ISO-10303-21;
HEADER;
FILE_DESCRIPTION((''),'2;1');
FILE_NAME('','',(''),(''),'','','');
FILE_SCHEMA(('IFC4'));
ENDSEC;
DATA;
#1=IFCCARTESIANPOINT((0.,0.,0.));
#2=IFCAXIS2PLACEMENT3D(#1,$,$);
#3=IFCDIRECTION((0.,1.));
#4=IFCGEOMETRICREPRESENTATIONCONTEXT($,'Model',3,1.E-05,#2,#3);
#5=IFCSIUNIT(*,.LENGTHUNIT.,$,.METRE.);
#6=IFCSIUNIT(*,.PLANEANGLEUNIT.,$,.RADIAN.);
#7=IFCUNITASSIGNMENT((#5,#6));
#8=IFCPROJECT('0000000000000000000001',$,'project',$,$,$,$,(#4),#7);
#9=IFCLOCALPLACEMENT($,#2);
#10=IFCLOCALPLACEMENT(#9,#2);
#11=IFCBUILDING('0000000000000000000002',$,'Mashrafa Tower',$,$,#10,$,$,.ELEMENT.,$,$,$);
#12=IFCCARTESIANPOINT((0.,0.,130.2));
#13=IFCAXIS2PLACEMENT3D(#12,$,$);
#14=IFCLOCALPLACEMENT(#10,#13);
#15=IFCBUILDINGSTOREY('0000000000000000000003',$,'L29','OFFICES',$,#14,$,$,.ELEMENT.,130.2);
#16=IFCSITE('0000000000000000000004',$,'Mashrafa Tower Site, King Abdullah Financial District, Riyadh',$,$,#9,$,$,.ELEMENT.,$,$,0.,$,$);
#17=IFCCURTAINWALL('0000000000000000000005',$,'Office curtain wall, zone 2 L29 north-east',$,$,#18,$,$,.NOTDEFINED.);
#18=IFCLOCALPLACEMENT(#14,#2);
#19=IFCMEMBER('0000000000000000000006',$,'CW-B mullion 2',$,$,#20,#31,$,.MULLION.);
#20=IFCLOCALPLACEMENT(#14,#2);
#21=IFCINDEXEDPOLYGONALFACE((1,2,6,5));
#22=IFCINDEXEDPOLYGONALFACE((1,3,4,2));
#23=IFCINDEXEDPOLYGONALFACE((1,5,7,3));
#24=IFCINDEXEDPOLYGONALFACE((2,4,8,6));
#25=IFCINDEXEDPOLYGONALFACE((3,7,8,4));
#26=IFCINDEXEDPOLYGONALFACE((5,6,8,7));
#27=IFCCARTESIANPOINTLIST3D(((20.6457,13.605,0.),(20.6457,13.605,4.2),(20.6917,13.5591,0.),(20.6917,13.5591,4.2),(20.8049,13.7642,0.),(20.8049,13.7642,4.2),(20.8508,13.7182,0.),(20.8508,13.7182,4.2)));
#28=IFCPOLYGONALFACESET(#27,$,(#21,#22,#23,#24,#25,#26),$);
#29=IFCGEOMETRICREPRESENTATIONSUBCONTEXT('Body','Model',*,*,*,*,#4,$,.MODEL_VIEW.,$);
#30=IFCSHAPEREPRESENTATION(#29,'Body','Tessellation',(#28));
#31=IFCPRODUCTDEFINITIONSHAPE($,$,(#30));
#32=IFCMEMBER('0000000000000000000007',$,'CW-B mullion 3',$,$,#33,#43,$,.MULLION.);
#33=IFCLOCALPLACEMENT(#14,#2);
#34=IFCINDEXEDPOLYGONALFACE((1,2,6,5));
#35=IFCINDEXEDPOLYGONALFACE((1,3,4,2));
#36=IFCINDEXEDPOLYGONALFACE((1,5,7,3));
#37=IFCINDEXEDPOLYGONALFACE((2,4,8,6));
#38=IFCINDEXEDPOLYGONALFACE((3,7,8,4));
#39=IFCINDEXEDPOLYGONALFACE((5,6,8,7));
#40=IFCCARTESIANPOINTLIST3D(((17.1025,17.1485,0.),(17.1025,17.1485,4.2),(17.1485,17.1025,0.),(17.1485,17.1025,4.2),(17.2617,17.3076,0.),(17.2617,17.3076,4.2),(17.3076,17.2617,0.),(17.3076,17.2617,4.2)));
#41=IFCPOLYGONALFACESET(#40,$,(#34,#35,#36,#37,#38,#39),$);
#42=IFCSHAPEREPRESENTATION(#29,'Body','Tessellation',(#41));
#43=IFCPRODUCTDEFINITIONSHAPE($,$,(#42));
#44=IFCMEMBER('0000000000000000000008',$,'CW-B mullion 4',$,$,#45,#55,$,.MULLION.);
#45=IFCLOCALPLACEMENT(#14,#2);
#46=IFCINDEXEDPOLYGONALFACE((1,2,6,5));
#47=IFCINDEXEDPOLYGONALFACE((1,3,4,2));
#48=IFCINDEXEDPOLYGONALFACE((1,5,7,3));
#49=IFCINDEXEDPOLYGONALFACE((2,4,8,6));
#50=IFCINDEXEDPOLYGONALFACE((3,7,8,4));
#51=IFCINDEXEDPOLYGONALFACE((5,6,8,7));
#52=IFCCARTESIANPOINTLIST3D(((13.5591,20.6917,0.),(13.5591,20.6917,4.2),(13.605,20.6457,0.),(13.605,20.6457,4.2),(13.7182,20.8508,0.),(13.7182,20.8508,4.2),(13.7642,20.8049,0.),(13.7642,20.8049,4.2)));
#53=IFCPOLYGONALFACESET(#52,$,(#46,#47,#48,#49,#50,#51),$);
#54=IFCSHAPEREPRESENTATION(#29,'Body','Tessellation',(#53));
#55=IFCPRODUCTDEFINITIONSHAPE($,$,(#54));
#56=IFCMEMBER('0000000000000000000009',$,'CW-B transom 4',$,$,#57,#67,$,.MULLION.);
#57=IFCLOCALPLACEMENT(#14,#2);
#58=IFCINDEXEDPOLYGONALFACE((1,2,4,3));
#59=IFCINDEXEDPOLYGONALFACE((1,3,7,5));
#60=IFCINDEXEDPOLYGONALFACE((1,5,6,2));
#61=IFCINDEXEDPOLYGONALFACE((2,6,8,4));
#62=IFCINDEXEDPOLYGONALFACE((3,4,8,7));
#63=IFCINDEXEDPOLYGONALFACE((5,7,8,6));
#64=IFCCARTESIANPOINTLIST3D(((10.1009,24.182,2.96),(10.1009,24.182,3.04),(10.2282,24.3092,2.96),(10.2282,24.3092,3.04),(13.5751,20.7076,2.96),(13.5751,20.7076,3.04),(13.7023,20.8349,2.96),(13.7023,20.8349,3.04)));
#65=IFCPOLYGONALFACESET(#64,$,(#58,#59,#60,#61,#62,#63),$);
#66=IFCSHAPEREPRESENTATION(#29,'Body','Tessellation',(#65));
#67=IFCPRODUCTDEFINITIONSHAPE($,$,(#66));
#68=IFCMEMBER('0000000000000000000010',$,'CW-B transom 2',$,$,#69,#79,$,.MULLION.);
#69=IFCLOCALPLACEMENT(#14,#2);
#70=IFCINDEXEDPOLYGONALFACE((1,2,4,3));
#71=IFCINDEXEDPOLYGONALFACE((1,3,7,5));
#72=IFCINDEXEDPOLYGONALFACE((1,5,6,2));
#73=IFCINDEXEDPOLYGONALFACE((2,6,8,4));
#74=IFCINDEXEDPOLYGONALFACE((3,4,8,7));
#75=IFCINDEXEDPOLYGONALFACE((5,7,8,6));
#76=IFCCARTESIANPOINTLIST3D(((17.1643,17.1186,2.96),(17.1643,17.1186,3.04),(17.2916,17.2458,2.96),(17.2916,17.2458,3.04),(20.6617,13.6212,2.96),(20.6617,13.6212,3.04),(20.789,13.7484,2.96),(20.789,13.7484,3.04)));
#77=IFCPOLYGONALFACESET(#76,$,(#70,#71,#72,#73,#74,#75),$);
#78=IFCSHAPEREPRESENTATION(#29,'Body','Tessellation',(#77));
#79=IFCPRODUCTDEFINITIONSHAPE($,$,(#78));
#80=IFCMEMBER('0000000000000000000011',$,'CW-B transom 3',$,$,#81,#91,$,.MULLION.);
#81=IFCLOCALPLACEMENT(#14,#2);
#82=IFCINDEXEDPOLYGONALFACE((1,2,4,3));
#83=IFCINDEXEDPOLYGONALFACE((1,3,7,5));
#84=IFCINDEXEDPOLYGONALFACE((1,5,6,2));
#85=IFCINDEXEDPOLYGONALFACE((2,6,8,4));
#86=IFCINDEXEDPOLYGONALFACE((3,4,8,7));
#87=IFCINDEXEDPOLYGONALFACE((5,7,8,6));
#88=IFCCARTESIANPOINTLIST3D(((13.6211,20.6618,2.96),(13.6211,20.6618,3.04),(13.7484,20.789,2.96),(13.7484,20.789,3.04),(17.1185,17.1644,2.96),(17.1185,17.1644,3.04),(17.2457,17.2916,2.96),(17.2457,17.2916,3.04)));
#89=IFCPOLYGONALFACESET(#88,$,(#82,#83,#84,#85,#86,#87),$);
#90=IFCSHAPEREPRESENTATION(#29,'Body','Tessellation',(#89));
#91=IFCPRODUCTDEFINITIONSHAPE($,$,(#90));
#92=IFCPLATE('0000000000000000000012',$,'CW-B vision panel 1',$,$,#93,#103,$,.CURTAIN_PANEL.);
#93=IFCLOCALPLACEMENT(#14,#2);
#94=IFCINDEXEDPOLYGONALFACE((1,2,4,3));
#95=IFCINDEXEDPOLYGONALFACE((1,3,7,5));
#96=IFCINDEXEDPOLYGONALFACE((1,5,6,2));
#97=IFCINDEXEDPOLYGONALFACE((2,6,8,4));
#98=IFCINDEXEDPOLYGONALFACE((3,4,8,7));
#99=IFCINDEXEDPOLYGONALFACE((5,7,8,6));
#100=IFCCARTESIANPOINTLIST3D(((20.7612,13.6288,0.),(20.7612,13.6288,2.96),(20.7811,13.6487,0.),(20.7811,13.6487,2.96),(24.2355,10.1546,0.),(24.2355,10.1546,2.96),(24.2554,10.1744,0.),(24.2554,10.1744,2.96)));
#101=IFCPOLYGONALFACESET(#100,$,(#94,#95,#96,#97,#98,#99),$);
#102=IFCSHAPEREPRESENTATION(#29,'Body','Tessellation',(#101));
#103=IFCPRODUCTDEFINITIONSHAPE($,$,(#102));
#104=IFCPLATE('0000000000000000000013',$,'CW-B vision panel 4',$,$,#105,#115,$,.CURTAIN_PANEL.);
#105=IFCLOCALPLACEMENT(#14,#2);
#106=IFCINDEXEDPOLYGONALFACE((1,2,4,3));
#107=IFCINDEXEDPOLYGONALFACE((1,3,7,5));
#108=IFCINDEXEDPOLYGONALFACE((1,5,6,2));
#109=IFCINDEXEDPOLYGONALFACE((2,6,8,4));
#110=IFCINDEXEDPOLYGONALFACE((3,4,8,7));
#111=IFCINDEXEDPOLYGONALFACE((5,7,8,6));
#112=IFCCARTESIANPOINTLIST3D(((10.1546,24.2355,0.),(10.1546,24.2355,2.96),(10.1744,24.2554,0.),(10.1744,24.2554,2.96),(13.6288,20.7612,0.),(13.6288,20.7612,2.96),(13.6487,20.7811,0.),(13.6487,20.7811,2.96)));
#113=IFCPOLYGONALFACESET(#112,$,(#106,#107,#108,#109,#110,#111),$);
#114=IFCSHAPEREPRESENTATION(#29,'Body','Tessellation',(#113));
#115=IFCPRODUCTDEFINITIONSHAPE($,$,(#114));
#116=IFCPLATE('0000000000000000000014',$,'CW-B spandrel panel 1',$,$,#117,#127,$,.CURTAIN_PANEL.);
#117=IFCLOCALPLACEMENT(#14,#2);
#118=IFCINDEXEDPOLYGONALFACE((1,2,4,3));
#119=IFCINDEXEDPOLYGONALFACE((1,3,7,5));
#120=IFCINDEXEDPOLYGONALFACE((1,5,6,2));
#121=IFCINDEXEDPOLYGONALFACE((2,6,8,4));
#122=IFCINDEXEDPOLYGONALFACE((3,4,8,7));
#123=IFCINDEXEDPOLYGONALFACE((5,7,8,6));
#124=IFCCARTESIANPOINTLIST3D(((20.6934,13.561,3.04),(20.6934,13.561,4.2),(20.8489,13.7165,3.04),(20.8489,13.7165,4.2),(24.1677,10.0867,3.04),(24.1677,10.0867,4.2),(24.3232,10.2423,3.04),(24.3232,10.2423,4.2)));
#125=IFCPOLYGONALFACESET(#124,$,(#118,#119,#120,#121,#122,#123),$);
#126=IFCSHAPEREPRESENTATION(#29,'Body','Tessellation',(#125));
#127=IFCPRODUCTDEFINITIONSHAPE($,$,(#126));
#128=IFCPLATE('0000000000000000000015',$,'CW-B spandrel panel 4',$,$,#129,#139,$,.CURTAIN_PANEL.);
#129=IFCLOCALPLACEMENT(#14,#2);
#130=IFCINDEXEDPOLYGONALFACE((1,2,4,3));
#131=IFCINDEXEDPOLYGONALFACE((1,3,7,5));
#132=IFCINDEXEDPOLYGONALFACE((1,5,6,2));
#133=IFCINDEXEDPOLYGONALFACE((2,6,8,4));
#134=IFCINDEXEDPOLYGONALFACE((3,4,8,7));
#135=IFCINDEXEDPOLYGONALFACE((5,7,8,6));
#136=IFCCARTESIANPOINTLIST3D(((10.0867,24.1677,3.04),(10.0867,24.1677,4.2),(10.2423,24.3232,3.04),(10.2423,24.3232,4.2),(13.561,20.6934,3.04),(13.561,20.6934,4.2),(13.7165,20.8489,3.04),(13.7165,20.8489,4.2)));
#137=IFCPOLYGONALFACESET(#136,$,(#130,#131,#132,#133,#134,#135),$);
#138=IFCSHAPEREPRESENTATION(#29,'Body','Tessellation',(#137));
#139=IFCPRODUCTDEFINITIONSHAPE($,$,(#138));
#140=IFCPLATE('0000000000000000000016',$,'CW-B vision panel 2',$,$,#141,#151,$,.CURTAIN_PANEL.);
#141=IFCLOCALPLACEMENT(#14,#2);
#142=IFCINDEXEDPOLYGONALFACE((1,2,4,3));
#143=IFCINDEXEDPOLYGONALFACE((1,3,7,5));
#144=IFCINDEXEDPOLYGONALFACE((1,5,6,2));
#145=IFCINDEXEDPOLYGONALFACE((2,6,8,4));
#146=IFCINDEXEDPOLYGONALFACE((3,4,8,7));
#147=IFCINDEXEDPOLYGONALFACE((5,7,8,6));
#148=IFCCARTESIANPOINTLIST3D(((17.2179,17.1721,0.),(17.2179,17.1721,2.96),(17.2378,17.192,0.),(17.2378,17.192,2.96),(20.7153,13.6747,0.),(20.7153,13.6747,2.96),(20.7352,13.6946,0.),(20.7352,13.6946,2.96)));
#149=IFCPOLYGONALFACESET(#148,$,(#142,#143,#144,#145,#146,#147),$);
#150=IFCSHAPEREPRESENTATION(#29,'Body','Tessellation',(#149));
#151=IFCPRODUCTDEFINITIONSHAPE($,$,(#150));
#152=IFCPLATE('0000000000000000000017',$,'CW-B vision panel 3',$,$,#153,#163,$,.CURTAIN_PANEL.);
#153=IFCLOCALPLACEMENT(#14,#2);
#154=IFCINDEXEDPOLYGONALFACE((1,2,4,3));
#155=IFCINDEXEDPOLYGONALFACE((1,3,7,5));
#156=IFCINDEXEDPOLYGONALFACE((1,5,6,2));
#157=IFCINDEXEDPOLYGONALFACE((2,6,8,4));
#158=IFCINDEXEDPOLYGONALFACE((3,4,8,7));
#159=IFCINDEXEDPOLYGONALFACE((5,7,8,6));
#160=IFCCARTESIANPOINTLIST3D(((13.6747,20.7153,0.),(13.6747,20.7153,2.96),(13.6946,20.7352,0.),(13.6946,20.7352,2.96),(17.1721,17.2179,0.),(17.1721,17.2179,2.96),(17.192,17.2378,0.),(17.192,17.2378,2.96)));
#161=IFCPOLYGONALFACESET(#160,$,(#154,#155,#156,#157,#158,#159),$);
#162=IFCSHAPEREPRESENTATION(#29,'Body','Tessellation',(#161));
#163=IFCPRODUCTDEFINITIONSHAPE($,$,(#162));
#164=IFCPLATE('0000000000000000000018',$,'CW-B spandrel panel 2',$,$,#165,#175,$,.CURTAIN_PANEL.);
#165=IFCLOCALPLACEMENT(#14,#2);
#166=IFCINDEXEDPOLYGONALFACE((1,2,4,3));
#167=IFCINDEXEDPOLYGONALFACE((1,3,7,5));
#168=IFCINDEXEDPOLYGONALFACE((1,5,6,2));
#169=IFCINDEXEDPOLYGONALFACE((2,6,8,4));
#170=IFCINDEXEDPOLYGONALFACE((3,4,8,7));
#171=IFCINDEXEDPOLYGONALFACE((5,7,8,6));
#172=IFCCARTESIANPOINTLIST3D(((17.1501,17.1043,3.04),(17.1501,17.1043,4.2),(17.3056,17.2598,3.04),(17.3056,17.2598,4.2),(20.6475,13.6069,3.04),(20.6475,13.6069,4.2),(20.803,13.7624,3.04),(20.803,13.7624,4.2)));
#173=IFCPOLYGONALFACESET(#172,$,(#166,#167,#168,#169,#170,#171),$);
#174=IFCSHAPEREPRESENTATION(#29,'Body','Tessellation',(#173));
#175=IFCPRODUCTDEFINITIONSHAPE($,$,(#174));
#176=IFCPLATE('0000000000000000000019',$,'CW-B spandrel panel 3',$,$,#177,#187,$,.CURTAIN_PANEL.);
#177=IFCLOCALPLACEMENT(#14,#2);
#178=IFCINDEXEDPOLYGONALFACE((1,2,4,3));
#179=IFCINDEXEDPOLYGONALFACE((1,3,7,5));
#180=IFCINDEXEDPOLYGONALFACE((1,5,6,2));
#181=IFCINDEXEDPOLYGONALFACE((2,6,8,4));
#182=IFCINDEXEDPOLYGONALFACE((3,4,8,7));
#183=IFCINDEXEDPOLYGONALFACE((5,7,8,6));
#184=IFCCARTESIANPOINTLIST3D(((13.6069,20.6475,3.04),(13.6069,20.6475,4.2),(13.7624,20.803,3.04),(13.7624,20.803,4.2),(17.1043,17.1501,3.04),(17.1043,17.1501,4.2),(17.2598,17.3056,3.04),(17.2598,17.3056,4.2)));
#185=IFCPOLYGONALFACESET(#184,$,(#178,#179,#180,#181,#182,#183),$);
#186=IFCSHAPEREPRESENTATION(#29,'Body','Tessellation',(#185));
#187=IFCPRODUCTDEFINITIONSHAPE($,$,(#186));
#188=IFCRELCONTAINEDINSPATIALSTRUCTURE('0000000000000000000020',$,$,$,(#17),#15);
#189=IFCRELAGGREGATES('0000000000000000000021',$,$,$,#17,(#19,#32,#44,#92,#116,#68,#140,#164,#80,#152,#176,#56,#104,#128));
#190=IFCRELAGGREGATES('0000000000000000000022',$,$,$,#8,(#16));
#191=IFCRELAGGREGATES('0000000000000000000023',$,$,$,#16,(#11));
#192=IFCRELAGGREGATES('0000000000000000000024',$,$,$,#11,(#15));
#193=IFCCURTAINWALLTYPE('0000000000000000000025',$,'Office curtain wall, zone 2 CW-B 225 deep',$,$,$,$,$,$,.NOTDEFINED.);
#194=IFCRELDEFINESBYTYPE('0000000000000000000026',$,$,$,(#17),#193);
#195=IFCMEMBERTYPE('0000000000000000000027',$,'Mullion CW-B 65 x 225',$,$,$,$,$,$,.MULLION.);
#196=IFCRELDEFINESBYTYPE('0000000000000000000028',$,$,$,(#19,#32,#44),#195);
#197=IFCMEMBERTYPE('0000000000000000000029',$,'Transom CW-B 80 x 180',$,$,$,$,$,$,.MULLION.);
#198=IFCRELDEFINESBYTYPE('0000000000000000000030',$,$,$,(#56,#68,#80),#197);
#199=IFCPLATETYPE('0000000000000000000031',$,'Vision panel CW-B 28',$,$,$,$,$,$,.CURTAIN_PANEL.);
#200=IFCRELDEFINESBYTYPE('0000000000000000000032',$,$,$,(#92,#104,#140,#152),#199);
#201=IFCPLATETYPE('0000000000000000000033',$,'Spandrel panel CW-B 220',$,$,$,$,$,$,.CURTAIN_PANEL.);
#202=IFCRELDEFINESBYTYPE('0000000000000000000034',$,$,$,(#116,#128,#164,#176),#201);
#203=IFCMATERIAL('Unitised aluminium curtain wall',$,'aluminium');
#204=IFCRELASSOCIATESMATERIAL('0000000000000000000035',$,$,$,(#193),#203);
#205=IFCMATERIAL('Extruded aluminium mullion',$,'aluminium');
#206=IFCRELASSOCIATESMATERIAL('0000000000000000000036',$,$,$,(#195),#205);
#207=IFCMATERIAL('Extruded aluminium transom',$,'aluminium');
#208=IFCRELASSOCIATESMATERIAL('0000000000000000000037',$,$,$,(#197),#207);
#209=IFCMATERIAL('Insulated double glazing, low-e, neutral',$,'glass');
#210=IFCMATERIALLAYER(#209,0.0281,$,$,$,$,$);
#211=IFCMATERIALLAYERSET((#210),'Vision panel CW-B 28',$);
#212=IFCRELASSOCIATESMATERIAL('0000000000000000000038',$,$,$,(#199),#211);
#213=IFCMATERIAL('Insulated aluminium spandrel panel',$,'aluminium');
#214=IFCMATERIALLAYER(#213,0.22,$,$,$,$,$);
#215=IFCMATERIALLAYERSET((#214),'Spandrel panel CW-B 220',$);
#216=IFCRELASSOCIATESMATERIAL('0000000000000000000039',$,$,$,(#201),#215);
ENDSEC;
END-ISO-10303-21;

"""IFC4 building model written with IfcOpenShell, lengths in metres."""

from ifc_helpers import new_model, si_unit, direction, frame, origin, origin_2d, place, context, subcontext, project, spatial, rectangle, extrude, source, transform, mapped, material, layer, layer_set, material_profile, profile_set, type_object, type_shapes, element, aggregate, save


model = new_model("IFC4")

# Units and contexts
model_context = context("Model", 3, precision=1e-05, world=origin(), true_north=direction((0.0, 1.0)))
body_context = subcontext(model_context, "Body", "Model", "MODEL_VIEW")
ifc_project = project(units=[si_unit("LENGTHUNIT", "METRE"), si_unit("PLANEANGLEUNIT", "RADIAN")], contexts=[model_context])

# Site, building, storey
site_placement = place(None, origin())
site = spatial("IfcSite", under=ifc_project, at=site_placement, Name="Mashrafa Tower Site, King Abdullah Financial District, Riyadh", CompositionType="ELEMENT", RefElevation=0.0)
building_placement = place(site_placement, origin())
building = spatial("IfcBuilding", under=site, at=building_placement, Name="Mashrafa Tower", CompositionType="ELEMENT")
storey_placement = place(building_placement, frame((0.0, 0.0, 130.2)))
storey = spatial("IfcBuildingStorey", under=building, at=storey_placement, Name="L29", Description="OFFICES", CompositionType="ELEMENT", Elevation=130.2)

# Curtain wall, members, plates
ifc_material_1 = material(Name="Unitised aluminium curtain wall", Category="aluminium")
curtain_wall_type = type_object("IfcCurtainWallType", Name="Office curtain wall, zone 2 CW-B 225 deep", PredefinedType="NOTDEFINED", material=ifc_material_1)
curtain_wall_placement = place(storey_placement, origin())
curtain_wall = element("IfcCurtainWall", 1, at=curtain_wall_placement, inside=storey, type_object=curtain_wall_type, Name="Office curtain wall, zone 2 L29 north-east", PredefinedType="NOTDEFINED")
ifc_material_2 = material(Name="Extruded aluminium mullion", Category="aluminium")
ifc_material_profile_1 = material_profile(ifc_material_2, rectangle(XDim=0.2251, YDim=0.0649, at=origin_2d()), Name="Mullion 65x225")
ifc_profile_set_1 = profile_set([ifc_material_profile_1], Name="Extruded aluminium mullion")
member_type_1 = type_object("IfcMemberType", Name="Mullion CW-B 65 x 225", PredefinedType="MULLION", material=ifc_profile_set_1)
shared_shape_1 = source(origin(), body_context, "Body", "SweptSolid", [
    extrude(rectangle(XDim=0.2251, YDim=0.0649, at=origin_2d()), origin(), (0.0, 0.0, 1.0), 4.2),
])
type_shapes(member_type_1, [shared_shape_1])
member_1_placement = place(storey_placement, frame((20.7483, 13.6616, 0.0), z_axis=(0.0, 0.0, 1.0), x_axis=(-0.707107, -0.707107, 0.0)))
member_1 = element("IfcMember", 2, at=member_1_placement, type_object=member_type_1, Name="CW-B mullion 2", PredefinedType="MULLION", context=body_context, shape_type="MappedRepresentation", body=[
    mapped(shared_shape_1, transform((0.0, 0.0, 0.0))),
])
member_2_placement = place(storey_placement, frame((17.2051, 17.2051, 0.0), z_axis=(0.0, 0.0, 1.0), x_axis=(-0.707107, -0.707107, 0.0)))
member_2 = element("IfcMember", 3, at=member_2_placement, type_object=member_type_1, Name="CW-B mullion 3", PredefinedType="MULLION", context=body_context, shape_type="MappedRepresentation", body=[
    mapped(shared_shape_1, transform((0.0, 0.0, 0.0))),
])
member_3_placement = place(storey_placement, frame((13.6616, 20.7483, 0.0), z_axis=(0.0, 0.0, 1.0), x_axis=(-0.707107, -0.707107, 0.0)))
member_3 = element("IfcMember", 4, at=member_3_placement, type_object=member_type_1, Name="CW-B mullion 4", PredefinedType="MULLION", context=body_context, shape_type="MappedRepresentation", body=[
    mapped(shared_shape_1, transform((0.0, 0.0, 0.0))),
])
ifc_material_3 = material(Name="Extruded aluminium transom", Category="aluminium")
ifc_material_profile_2 = material_profile(ifc_material_3, rectangle(XDim=0.1799, YDim=0.0801, at=origin_2d()), Name="Transom 80x180")
ifc_profile_set_2 = profile_set([ifc_material_profile_2], Name="Extruded aluminium transom")
member_type_2 = type_object("IfcMemberType", Name="Transom CW-B 80 x 180", PredefinedType="MULLION", material=ifc_profile_set_2)
shared_shape_2 = source(origin(), body_context, "Body", "SweptSolid", [
    extrude(rectangle(XDim=0.1799, YDim=0.0801, at=origin_2d()), origin(), (0.0, 0.0, 1.0), 4.9133),
])
member_4_placement = place(storey_placement, frame((13.6387, 20.7712, 3.0), z_axis=(-0.707082, 0.707132, 0.0), x_axis=(-0.707132, -0.707082, 0.0)))
member_4 = element("IfcMember", 5, at=member_4_placement, type_object=member_type_2, Name="CW-B transom 4", PredefinedType="MULLION", context=body_context, shape_type="MappedRepresentation", body=[
    mapped(shared_shape_2, transform((0.0, 0.0, 0.0))),
])
shared_shape_3 = source(origin(), body_context, "Body", "SweptSolid", [
    extrude(rectangle(XDim=0.1799, YDim=0.0801, at=origin_2d()), origin(), (0.0, 0.0, 1.0), 4.946),
])
type_shapes(member_type_2, [shared_shape_2, shared_shape_3])
member_5_placement = place(storey_placement, frame((20.7253, 13.6848, 3.0), z_axis=(-0.707107, 0.707107, 0.0), x_axis=(-0.707107, -0.707107, 0.0)))
member_5 = element("IfcMember", 6, at=member_5_placement, type_object=member_type_2, Name="CW-B transom 2", PredefinedType="MULLION", context=body_context, shape_type="MappedRepresentation", body=[
    mapped(shared_shape_3, transform((0.0, 0.0, 0.0))),
])
member_6_placement = place(storey_placement, frame((17.1821, 17.228, 3.0), z_axis=(-0.707107, 0.707107, 0.0), x_axis=(-0.707107, -0.707107, 0.0)))
member_6 = element("IfcMember", 7, at=member_6_placement, type_object=member_type_2, Name="CW-B transom 3", PredefinedType="MULLION", context=body_context, shape_type="MappedRepresentation", body=[
    mapped(shared_shape_3, transform((0.0, 0.0, 0.0))),
])
ifc_material_4 = material(Name="Insulated double glazing, low-e, neutral", Category="glass")
ifc_layer_1 = layer(ifc_material_4, 0.0281)
ifc_layer_set_1 = layer_set([ifc_layer_1], Name="Vision panel CW-B 28")
plate_type_1 = type_object("IfcPlateType", Name="Vision panel CW-B 28", PredefinedType="CURTAIN_PANEL", material=ifc_layer_set_1)
shared_shape_4 = source(origin(), body_context, "Body", "SweptSolid", [
    extrude(rectangle(XDim=4.9133, YDim=0.0281, at=origin_2d()), origin(), (0.0, 0.0, 1.0), 2.96),
])
plate_1_placement = place(storey_placement, frame((22.5083, 11.9016, 0.0), z_axis=(0.0, 0.0, 1.0), x_axis=(-0.707107, 0.707107, 0.0)))
plate_1 = element("IfcPlate", 8, at=plate_1_placement, type_object=plate_type_1, Name="CW-B vision panel 1", PredefinedType="CURTAIN_PANEL", context=body_context, shape_type="MappedRepresentation", body=[
    mapped(shared_shape_4, transform((0.0, 0.0, 0.0))),
])
plate_2_placement = place(storey_placement, frame((11.9016, 22.5083, 0.0), z_axis=(0.0, 0.0, 1.0), x_axis=(-0.707107, 0.707107, 0.0)))
plate_2 = element("IfcPlate", 9, at=plate_2_placement, type_object=plate_type_1, Name="CW-B vision panel 4", PredefinedType="CURTAIN_PANEL", context=body_context, shape_type="MappedRepresentation", body=[
    mapped(shared_shape_4, transform((0.0, 0.0, 0.0))),
])
ifc_material_5 = material(Name="Insulated aluminium spandrel panel", Category="aluminium")
ifc_layer_2 = layer(ifc_material_5, 0.22)
ifc_layer_set_2 = layer_set([ifc_layer_2], Name="Spandrel panel CW-B 220")
plate_type_2 = type_object("IfcPlateType", Name="Spandrel panel CW-B 220", PredefinedType="CURTAIN_PANEL", material=ifc_layer_set_2)
shared_shape_5 = source(origin(), body_context, "Body", "SweptSolid", [
    extrude(rectangle(XDim=4.9133, YDim=0.22, at=origin_2d()), origin(), (0.0, 0.0, 1.0), 1.1599),
])
plate_3_placement = place(storey_placement, frame((22.5083, 11.9016, 3.04), z_axis=(0.0, 0.0, 1.0), x_axis=(-0.707107, 0.707107, 0.0)))
plate_3 = element("IfcPlate", 10, at=plate_3_placement, type_object=plate_type_2, Name="CW-B spandrel panel 1", PredefinedType="CURTAIN_PANEL", context=body_context, shape_type="MappedRepresentation", body=[
    mapped(shared_shape_5, transform((0.0, 0.0, 0.0))),
])
plate_4_placement = place(storey_placement, frame((11.9016, 22.5083, 3.04), z_axis=(0.0, 0.0, 1.0), x_axis=(-0.707107, 0.707107, 0.0)))
plate_4 = element("IfcPlate", 11, at=plate_4_placement, type_object=plate_type_2, Name="CW-B spandrel panel 4", PredefinedType="CURTAIN_PANEL", context=body_context, shape_type="MappedRepresentation", body=[
    mapped(shared_shape_5, transform((0.0, 0.0, 0.0))),
])
shared_shape_6 = source(origin(), body_context, "Body", "SweptSolid", [
    extrude(rectangle(XDim=4.946, YDim=0.0281, at=origin_2d()), origin(), (0.0, 0.0, 1.0), 2.96),
])
type_shapes(plate_type_1, [shared_shape_4, shared_shape_6])
plate_5_placement = place(storey_placement, frame((18.9766, 15.4333, 0.0), z_axis=(0.0, 0.0, 1.0), x_axis=(-0.707107, 0.707107, 0.0)))
plate_5 = element("IfcPlate", 12, at=plate_5_placement, type_object=plate_type_1, Name="CW-B vision panel 2", PredefinedType="CURTAIN_PANEL", context=body_context, shape_type="MappedRepresentation", body=[
    mapped(shared_shape_6, transform((0.0, 0.0, 0.0))),
])
plate_6_placement = place(storey_placement, frame((15.4333, 18.9766, 0.0), z_axis=(0.0, 0.0, 1.0), x_axis=(-0.707107, 0.707107, 0.0)))
plate_6 = element("IfcPlate", 13, at=plate_6_placement, type_object=plate_type_1, Name="CW-B vision panel 3", PredefinedType="CURTAIN_PANEL", context=body_context, shape_type="MappedRepresentation", body=[
    mapped(shared_shape_6, transform((0.0, 0.0, 0.0))),
])
shared_shape_7 = source(origin(), body_context, "Body", "SweptSolid", [
    extrude(rectangle(XDim=4.946, YDim=0.22, at=origin_2d()), origin(), (0.0, 0.0, 1.0), 1.1599),
])
type_shapes(plate_type_2, [shared_shape_5, shared_shape_7])
plate_7_placement = place(storey_placement, frame((18.9766, 15.4333, 3.04), z_axis=(0.0, 0.0, 1.0), x_axis=(-0.707107, 0.707107, 0.0)))
plate_7 = element("IfcPlate", 14, at=plate_7_placement, type_object=plate_type_2, Name="CW-B spandrel panel 2", PredefinedType="CURTAIN_PANEL", context=body_context, shape_type="MappedRepresentation", body=[
    mapped(shared_shape_7, transform((0.0, 0.0, 0.0))),
])
plate_8_placement = place(storey_placement, frame((15.4333, 18.9766, 3.04), z_axis=(0.0, 0.0, 1.0), x_axis=(-0.707107, 0.707107, 0.0)))
plate_8 = element("IfcPlate", 15, at=plate_8_placement, type_object=plate_type_2, Name="CW-B spandrel panel 3", PredefinedType="CURTAIN_PANEL", context=body_context, shape_type="MappedRepresentation", body=[
    mapped(shared_shape_7, transform((0.0, 0.0, 0.0))),
])
aggregate(curtain_wall, [member_1, member_2, member_3, plate_1, plate_3, member_5, plate_5, plate_7, member_6, plate_6, plate_8, member_4, plate_2, plate_4])

save(model, "model.ifc")
